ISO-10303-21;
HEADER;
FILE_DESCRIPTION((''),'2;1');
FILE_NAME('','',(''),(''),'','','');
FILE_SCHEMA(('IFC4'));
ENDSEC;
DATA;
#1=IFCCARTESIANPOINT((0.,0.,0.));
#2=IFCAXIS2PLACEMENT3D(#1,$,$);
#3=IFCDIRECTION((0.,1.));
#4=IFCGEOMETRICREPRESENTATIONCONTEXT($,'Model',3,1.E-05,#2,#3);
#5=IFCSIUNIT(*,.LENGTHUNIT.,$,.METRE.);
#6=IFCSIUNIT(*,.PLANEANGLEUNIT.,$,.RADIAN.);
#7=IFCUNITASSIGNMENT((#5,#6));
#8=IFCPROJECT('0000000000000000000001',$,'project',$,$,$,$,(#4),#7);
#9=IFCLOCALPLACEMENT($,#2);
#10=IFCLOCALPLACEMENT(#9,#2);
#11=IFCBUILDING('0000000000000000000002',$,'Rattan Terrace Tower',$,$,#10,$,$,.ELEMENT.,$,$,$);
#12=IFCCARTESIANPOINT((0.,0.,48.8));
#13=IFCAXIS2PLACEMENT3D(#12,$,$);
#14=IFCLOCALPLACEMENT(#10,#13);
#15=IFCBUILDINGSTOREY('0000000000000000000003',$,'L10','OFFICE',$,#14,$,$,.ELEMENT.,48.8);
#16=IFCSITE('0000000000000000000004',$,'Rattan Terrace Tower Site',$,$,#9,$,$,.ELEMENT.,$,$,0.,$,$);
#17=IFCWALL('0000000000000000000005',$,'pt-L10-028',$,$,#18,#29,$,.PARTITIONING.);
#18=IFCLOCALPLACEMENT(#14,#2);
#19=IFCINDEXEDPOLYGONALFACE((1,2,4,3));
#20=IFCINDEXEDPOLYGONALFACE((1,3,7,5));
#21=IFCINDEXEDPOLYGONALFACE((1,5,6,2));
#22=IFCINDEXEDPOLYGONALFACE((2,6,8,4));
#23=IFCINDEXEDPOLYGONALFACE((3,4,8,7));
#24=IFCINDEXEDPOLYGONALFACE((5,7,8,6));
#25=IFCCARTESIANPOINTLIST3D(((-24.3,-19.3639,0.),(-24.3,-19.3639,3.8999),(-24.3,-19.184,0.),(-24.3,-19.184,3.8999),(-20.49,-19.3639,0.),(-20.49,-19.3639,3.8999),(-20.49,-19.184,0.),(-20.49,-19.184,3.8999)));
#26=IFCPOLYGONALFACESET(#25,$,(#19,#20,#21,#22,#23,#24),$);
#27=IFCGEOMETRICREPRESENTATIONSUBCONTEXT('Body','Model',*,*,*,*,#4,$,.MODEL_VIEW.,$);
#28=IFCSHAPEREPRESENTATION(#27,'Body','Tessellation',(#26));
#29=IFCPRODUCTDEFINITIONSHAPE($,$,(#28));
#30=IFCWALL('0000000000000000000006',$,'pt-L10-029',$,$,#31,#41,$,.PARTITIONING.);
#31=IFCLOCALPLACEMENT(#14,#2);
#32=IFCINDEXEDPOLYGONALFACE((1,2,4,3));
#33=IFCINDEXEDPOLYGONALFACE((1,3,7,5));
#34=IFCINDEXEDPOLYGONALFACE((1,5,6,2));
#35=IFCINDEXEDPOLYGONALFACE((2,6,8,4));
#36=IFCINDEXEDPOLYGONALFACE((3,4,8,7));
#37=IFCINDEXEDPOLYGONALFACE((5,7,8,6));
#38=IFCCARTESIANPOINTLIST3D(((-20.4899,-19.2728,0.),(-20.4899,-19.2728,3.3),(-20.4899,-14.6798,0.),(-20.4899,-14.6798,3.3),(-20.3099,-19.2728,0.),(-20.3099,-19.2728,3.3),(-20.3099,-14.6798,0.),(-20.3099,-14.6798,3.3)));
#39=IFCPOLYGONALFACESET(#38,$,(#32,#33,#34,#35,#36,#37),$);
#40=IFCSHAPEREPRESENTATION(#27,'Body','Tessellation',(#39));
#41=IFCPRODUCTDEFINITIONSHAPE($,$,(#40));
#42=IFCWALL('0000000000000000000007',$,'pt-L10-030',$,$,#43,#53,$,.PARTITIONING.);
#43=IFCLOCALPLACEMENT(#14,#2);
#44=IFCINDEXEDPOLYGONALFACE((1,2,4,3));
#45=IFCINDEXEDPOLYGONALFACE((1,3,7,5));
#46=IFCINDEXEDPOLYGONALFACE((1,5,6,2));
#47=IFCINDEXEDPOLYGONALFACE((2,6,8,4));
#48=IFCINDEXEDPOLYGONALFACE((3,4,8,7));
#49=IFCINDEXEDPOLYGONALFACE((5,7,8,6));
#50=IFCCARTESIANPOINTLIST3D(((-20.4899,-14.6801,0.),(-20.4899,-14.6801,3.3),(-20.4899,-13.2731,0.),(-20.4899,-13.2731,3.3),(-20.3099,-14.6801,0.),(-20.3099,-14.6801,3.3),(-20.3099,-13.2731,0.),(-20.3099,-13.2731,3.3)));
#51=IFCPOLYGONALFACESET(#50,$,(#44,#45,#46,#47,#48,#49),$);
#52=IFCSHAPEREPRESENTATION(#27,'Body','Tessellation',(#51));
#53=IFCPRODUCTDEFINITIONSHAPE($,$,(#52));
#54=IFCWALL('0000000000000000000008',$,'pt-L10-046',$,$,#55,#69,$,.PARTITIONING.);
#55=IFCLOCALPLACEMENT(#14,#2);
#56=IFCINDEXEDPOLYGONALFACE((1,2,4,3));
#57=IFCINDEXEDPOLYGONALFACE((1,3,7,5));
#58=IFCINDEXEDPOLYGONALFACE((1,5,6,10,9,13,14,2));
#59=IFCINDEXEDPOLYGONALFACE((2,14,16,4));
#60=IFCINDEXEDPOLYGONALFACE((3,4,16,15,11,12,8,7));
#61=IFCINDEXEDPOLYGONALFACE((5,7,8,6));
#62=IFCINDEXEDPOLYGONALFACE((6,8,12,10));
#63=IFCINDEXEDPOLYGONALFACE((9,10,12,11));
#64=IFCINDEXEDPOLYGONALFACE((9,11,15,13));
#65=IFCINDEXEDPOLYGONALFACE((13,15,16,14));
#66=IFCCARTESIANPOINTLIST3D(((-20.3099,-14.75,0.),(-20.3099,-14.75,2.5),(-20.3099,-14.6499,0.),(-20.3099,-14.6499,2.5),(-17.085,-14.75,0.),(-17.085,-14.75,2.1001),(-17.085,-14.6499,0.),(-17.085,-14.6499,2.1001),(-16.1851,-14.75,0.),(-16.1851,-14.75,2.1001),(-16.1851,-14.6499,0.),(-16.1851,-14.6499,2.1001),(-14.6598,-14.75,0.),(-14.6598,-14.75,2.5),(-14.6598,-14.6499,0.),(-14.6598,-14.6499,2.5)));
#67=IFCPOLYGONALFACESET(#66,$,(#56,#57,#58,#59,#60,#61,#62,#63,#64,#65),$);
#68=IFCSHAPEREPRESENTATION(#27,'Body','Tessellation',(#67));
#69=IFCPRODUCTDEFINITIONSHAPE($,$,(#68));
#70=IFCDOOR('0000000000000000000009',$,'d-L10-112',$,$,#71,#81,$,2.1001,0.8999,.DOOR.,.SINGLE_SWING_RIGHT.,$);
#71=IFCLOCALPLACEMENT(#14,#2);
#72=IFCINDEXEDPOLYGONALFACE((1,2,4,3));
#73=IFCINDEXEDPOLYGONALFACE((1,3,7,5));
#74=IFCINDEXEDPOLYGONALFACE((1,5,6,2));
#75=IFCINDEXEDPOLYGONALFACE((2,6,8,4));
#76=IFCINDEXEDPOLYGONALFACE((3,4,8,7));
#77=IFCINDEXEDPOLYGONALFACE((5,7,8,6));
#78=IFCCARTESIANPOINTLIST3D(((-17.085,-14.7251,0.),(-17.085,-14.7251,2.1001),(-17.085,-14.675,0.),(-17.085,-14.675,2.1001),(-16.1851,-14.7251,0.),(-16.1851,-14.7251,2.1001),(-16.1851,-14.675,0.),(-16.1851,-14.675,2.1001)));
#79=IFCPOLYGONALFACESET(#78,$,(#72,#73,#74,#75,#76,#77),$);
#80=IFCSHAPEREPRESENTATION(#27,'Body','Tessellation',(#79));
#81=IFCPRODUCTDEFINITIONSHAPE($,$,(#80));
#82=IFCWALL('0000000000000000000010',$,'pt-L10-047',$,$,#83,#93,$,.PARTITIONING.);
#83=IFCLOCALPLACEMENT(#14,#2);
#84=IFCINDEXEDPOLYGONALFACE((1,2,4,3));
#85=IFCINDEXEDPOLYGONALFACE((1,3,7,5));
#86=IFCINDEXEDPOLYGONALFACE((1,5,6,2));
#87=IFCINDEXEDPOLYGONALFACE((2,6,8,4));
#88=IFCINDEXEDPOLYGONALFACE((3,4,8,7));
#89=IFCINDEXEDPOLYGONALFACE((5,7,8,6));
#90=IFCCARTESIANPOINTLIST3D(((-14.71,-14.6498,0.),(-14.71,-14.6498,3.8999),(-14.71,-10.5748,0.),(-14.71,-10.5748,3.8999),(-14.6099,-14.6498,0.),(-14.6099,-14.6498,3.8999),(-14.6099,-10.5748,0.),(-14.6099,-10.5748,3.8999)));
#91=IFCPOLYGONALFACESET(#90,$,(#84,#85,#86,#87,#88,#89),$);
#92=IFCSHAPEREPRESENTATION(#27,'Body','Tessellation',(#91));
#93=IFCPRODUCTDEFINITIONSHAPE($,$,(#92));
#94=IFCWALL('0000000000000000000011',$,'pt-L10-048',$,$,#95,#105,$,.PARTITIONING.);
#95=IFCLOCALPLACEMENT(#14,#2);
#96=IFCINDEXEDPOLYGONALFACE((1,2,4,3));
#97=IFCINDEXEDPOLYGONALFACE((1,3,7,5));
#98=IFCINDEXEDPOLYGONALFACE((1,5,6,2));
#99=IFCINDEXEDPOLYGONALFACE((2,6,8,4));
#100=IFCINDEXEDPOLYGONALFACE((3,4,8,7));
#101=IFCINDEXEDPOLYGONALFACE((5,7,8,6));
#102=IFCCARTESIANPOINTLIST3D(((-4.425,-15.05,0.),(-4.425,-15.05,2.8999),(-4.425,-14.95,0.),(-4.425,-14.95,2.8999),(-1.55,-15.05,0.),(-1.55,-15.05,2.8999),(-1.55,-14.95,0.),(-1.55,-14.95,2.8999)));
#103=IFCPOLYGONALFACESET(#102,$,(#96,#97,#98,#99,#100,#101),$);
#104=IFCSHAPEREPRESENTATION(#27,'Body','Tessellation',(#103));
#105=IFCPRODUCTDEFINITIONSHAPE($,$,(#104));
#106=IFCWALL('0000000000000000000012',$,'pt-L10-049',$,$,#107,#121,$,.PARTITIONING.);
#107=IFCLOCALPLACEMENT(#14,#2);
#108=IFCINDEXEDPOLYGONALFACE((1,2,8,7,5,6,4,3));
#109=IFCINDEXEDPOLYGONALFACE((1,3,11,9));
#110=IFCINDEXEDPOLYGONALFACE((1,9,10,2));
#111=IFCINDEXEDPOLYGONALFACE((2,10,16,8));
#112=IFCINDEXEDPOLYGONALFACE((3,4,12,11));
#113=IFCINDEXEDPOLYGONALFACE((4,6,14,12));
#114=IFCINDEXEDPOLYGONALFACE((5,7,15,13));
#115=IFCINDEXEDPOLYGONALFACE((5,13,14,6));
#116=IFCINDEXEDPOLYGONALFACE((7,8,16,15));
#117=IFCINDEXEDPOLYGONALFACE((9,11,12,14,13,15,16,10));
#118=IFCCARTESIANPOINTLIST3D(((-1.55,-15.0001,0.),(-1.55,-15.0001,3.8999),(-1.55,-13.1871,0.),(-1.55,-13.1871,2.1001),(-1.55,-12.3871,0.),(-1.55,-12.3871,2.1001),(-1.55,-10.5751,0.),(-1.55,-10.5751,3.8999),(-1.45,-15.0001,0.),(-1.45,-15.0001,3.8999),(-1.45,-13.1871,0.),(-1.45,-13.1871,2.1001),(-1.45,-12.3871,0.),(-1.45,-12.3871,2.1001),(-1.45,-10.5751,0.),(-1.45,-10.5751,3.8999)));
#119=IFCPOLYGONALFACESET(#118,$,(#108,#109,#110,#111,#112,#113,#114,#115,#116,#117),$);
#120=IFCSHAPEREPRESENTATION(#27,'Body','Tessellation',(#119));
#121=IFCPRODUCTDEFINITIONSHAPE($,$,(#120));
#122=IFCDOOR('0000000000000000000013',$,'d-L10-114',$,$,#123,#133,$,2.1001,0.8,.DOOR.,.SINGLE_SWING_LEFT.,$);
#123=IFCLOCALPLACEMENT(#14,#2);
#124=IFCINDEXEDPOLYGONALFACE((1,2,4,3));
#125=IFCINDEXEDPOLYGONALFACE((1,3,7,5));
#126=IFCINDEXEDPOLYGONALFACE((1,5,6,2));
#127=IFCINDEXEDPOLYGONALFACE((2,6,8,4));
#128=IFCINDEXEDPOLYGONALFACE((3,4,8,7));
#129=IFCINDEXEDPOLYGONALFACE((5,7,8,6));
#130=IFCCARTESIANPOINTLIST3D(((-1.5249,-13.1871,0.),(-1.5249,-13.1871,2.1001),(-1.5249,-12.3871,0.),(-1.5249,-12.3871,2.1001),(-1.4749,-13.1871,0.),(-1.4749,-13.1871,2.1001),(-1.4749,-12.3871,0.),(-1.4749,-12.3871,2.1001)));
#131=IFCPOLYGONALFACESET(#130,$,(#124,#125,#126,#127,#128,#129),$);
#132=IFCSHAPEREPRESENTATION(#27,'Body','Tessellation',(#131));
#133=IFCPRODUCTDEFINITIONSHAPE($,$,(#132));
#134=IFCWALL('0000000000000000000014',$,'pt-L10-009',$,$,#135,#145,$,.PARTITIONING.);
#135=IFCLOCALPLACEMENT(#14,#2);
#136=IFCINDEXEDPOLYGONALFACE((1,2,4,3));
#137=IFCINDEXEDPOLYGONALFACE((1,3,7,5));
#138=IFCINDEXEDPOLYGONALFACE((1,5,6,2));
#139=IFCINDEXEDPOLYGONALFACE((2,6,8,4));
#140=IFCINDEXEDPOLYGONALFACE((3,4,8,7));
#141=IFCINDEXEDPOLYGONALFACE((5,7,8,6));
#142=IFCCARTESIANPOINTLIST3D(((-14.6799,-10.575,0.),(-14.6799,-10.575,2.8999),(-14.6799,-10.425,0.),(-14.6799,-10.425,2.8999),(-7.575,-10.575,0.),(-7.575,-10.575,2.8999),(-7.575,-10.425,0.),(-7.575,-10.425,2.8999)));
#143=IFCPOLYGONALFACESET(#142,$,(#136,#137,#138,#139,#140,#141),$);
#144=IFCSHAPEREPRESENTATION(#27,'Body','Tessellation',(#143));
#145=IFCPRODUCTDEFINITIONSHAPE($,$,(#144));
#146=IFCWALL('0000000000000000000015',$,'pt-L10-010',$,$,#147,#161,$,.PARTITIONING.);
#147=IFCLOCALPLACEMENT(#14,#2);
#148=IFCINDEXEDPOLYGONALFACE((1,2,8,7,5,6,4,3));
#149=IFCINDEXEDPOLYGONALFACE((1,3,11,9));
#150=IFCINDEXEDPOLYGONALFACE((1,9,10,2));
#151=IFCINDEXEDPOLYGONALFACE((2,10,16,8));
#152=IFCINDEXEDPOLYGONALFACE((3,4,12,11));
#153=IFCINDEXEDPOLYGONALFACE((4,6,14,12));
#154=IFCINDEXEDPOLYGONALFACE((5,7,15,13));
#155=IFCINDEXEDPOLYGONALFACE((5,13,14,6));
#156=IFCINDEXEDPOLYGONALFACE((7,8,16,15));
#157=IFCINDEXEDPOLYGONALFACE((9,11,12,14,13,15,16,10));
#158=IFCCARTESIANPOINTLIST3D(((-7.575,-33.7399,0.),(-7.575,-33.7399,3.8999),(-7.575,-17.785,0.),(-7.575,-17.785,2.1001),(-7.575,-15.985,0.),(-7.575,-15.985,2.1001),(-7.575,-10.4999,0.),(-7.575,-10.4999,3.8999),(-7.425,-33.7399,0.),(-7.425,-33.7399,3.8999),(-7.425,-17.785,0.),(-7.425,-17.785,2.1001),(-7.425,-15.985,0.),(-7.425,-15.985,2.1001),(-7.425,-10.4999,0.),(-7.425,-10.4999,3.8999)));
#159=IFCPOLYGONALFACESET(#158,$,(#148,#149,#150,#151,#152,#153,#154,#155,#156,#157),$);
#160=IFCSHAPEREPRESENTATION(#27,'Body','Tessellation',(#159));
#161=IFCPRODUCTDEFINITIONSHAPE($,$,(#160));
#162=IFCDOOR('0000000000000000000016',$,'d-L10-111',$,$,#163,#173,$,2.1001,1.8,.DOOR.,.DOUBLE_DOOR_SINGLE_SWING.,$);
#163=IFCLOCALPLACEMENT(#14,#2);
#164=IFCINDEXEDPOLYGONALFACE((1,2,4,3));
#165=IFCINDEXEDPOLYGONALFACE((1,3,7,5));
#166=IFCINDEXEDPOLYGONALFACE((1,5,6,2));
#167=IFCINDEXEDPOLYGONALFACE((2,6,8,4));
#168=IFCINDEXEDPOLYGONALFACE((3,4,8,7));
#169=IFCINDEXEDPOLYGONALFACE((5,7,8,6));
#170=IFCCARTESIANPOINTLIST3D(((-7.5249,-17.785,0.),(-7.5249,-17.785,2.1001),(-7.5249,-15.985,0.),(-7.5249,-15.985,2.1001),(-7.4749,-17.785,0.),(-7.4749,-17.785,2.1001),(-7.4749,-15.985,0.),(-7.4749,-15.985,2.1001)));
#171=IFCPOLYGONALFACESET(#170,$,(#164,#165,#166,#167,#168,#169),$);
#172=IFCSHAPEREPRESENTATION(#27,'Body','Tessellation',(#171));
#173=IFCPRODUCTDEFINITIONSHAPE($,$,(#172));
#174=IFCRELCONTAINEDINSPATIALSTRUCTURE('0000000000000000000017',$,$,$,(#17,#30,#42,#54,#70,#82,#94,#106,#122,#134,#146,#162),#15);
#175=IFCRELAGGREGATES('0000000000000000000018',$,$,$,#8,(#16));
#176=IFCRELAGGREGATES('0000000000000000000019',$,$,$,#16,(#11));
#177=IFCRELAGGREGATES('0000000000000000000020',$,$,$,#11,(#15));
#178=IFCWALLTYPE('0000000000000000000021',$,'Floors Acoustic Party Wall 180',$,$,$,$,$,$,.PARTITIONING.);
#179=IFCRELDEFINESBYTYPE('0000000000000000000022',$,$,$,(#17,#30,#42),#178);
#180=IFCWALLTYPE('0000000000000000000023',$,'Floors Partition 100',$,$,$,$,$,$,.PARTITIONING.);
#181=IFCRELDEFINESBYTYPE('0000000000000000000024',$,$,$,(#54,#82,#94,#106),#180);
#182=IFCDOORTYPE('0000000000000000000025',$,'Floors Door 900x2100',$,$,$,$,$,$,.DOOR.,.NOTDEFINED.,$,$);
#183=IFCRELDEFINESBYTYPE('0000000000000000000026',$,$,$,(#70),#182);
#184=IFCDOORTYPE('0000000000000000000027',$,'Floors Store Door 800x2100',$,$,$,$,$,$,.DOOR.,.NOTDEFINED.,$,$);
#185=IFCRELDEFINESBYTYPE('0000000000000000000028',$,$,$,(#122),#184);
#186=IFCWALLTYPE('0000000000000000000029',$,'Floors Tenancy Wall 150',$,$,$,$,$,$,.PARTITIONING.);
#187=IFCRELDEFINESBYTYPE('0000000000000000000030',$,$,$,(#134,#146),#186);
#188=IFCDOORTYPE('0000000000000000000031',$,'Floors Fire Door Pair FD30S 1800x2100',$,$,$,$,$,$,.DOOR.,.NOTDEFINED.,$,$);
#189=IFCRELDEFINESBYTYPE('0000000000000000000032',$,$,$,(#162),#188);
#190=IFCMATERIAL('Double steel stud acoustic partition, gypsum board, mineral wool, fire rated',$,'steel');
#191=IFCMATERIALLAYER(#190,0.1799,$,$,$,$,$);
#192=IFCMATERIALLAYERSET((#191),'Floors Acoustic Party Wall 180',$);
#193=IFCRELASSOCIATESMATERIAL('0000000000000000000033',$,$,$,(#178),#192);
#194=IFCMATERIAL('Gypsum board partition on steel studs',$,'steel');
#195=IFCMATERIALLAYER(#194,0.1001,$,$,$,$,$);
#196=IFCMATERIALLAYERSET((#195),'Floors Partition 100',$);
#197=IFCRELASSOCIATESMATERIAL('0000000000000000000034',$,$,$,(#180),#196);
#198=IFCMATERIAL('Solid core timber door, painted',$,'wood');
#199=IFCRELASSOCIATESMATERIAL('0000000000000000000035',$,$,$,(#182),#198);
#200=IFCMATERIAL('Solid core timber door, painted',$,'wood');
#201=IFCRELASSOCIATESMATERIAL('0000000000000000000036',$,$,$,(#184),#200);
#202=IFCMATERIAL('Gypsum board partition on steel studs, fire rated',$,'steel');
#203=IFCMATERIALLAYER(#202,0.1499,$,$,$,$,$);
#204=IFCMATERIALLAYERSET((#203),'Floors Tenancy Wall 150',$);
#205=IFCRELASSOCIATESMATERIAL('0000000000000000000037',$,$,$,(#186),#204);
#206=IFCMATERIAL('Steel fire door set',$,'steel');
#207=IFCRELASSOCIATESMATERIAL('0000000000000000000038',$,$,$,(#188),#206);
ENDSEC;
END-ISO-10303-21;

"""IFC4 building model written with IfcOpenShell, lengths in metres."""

from ifc_helpers import new_model, si_unit, direction, frame, frame_2d, origin, place, context, subcontext, project, spatial, rectangle, extrude, material, layer, layer_set, type_object, element, fill, save


model = new_model("IFC4")

# Units and contexts
model_context = context("Model", 3, precision=1e-05, world=origin(), true_north=direction((0.0, 1.0)))
body_context = subcontext(model_context, "Body", "Model", "MODEL_VIEW")
ifc_project = project(units=[si_unit("LENGTHUNIT", "METRE"), si_unit("PLANEANGLEUNIT", "RADIAN")], contexts=[model_context])

# Site, building, storey
site_placement = place(None, origin())
site = spatial("IfcSite", under=ifc_project, at=site_placement, Name="Rattan Terrace Tower Site", CompositionType="ELEMENT", RefElevation=0.0)
building_placement = place(site_placement, origin())
building = spatial("IfcBuilding", under=site, at=building_placement, Name="Rattan Terrace Tower", CompositionType="ELEMENT")
storey_placement = place(building_placement, frame((0.0, 0.0, 48.8)))
storey = spatial("IfcBuildingStorey", under=building, at=storey_placement, Name="L10", Description="OFFICE", CompositionType="ELEMENT", Elevation=48.8)

# Walls
ifc_material_1 = material(Name="Double steel stud acoustic partition, gypsum board, mineral wool, fire rated", Category="steel")
ifc_layer_1 = layer(ifc_material_1, 0.1799)
ifc_layer_set_1 = layer_set([ifc_layer_1], Name="Floors Acoustic Party Wall 180")
wall_type_1 = type_object("IfcWallType", Name="Floors Acoustic Party Wall 180", PredefinedType="PARTITIONING", material=ifc_layer_set_1)
wall_1_placement = place(storey_placement, frame((-20.49, -19.2739, 0.0), z_axis=(0.0, 0.0, 1.0), x_axis=(-1.0, 0.0, 0.0)))
element("IfcWall", 1, at=wall_1_placement, inside=storey, type_object=wall_type_1, Name="pt-L10-028", PredefinedType="PARTITIONING", context=body_context, shape_type="SweptSolid", body=[
    extrude(rectangle(XDim=3.8101, YDim=0.1799, at=frame_2d((1.905, 0.0))), origin(), (0.0, 0.0, 1.0), 3.8999),
])
wall_2_placement = place(storey_placement, frame((-20.3999, -14.6799, 0.0), z_axis=(0.0, 0.0, 1.0), x_axis=(0.0, -1.0, 0.0)))
element("IfcWall", 2, at=wall_2_placement, inside=storey, type_object=wall_type_1, Name="pt-L10-029", PredefinedType="PARTITIONING", context=body_context, shape_type="SweptSolid", body=[
    extrude(rectangle(XDim=4.593, YDim=0.1799, at=frame_2d((2.2964, 0.0))), origin(), (0.0, 0.0, 1.0), 3.3),
])
wall_3_placement = place(storey_placement, frame((-20.3999, -13.2729, 0.0), z_axis=(0.0, 0.0, 1.0), x_axis=(0.0, -1.0, 0.0)))
element("IfcWall", 3, at=wall_3_placement, inside=storey, type_object=wall_type_1, Name="pt-L10-030", PredefinedType="PARTITIONING", context=body_context, shape_type="SweptSolid", body=[
    extrude(rectangle(XDim=1.407, YDim=0.1799, at=frame_2d((0.7036, 0.0))), origin(), (0.0, 0.0, 1.0), 3.3),
])

# Wall, opening, door
ifc_material_2 = material(Name="Gypsum board partition on steel studs", Category="steel")
ifc_layer_2 = layer(ifc_material_2, 0.1001)
ifc_layer_set_2 = layer_set([ifc_layer_2], Name="Floors Partition 100")
wall_type_2 = type_object("IfcWallType", Name="Floors Partition 100", PredefinedType="PARTITIONING", material=ifc_layer_set_2)
wall_4_placement = place(storey_placement, frame((-20.3101, -14.7, 0.0), z_axis=(0.0, 0.0, 1.0), x_axis=(1.0, 0.0, 0.0)))
wall_4 = element("IfcWall", 4, at=wall_4_placement, inside=storey, type_object=wall_type_2, Name="pt-L10-046", PredefinedType="PARTITIONING", context=body_context, shape_type="SweptSolid", body=[
    extrude(rectangle(XDim=5.6501, YDim=0.1001, at=frame_2d((2.8252, 0.0))), origin(), (0.0, 0.0, 1.0), 2.5),
])
opening_1_placement = place(wall_4_placement, frame((3.2251, 0.0, 0.0)))
opening_1 = element("IfcOpeningElement", 5, at=opening_1_placement, cuts=wall_4, PredefinedType="OPENING", context=body_context, shape_type="SweptSolid", body=[
    extrude(rectangle(XDim=0.8999, YDim=2.1001, at=frame_2d((0.45, 1.05))), frame((0.0, 0.0605, 0.0), z_axis=(0.0, -1.0, 0.0), x_axis=(1.0, 0.0, 0.0)), (0.0, 0.0, 1.0), 0.1211),
])
ifc_material_3 = material(Name="Solid core timber door, painted", Category="wood")
door_type_1 = type_object("IfcDoorType", Name="Floors Door 900x2100", OperationType="NOTDEFINED", PredefinedType="DOOR", material=ifc_material_3)
door_1_placement = place(opening_1_placement, origin())
door_1 = element("IfcDoor", 6, at=door_1_placement, inside=storey, type_object=door_type_1, Name="d-L10-112", OperationType="SINGLE_SWING_RIGHT", OverallHeight=2.1001, OverallWidth=0.8999, PredefinedType="DOOR", context=body_context, shape_type="SweptSolid", body=[
    extrude(rectangle(XDim=0.8999, YDim=2.1001, at=frame_2d((0.45, 1.05))), frame((0.0, 0.0249, 0.0), z_axis=(0.0, -1.0, 0.0), x_axis=(1.0, 0.0, 0.0)), (0.0, 0.0, 1.0), 0.05),
])
fill(opening_1, door_1)

# Walls
wall_5_placement = place(storey_placement, frame((-14.6599, -14.6499, 0.0), z_axis=(0.0, 0.0, 1.0), x_axis=(0.0, 1.0, 0.0)))
element("IfcWall", 7, at=wall_5_placement, inside=storey, type_object=wall_type_2, Name="pt-L10-047", PredefinedType="PARTITIONING", context=body_context, shape_type="SweptSolid", body=[
    extrude(rectangle(XDim=4.075, YDim=0.1001, at=frame_2d((2.0376, 0.0))), origin(), (0.0, 0.0, 1.0), 3.8999),
])
wall_6_placement = place(storey_placement, frame((-4.425, -15.0, 0.0), z_axis=(0.0, 0.0, 1.0), x_axis=(1.0, 0.0, 0.0)))
element("IfcWall", 8, at=wall_6_placement, inside=storey, type_object=wall_type_2, Name="pt-L10-048", PredefinedType="PARTITIONING", context=body_context, shape_type="SweptSolid", body=[
    extrude(rectangle(XDim=2.875, YDim=0.1001, at=frame_2d((1.4375, 0.0))), origin(), (0.0, 0.0, 1.0), 2.8999),
])

# Wall, opening, door
wall_7_placement = place(storey_placement, frame((-1.5, -15.0, 0.0), z_axis=(0.0, 0.0, 1.0), x_axis=(0.0, 1.0, 0.0)))
wall_7 = element("IfcWall", 9, at=wall_7_placement, inside=storey, type_object=wall_type_2, Name="pt-L10-049", PredefinedType="PARTITIONING", context=body_context, shape_type="SweptSolid", body=[
    extrude(rectangle(XDim=4.425, YDim=0.1001, at=frame_2d((2.2124, 0.0))), origin(), (0.0, 0.0, 1.0), 3.8999),
])
opening_2_placement = place(wall_7_placement, frame((1.813, 0.0, 0.0)))
opening_2 = element("IfcOpeningElement", 10, at=opening_2_placement, cuts=wall_7, PredefinedType="OPENING", context=body_context, shape_type="SweptSolid", body=[
    extrude(rectangle(XDim=0.8, YDim=2.1001, at=frame_2d((0.3999, 1.05))), frame((0.0, 0.0605, 0.0), z_axis=(0.0, -1.0, 0.0), x_axis=(1.0, 0.0, 0.0)), (0.0, 0.0, 1.0), 0.1211),
])
ifc_material_4 = material(Name="Solid core timber door, painted", Category="wood")
door_type_2 = type_object("IfcDoorType", Name="Floors Store Door 800x2100", OperationType="NOTDEFINED", PredefinedType="DOOR", material=ifc_material_4)
door_2_placement = place(opening_2_placement, origin())
door_2 = element("IfcDoor", 11, at=door_2_placement, inside=storey, type_object=door_type_2, Name="d-L10-114", OperationType="SINGLE_SWING_LEFT", OverallHeight=2.1001, OverallWidth=0.8, PredefinedType="DOOR", context=body_context, shape_type="SweptSolid", body=[
    extrude(rectangle(XDim=0.8, YDim=2.1001, at=frame_2d((0.3999, 1.05))), frame((0.0, 0.0249, 0.0), z_axis=(0.0, -1.0, 0.0), x_axis=(1.0, 0.0, 0.0)), (0.0, 0.0, 1.0), 0.05),
])
fill(opening_2, door_2)

# Wall
ifc_material_5 = material(Name="Gypsum board partition on steel studs, fire rated", Category="steel")
ifc_layer_3 = layer(ifc_material_5, 0.1499)
ifc_layer_set_3 = layer_set([ifc_layer_3], Name="Floors Tenancy Wall 150")
wall_type_3 = type_object("IfcWallType", Name="Floors Tenancy Wall 150", PredefinedType="PARTITIONING", material=ifc_layer_set_3)
wall_8_placement = place(storey_placement, frame((-7.575, -10.5, 0.0), z_axis=(0.0, 0.0, 1.0), x_axis=(-1.0, 0.0, 0.0)))
element("IfcWall", 12, at=wall_8_placement, inside=storey, type_object=wall_type_3, Name="pt-L10-009", PredefinedType="PARTITIONING", context=body_context, shape_type="SweptSolid", body=[
    extrude(rectangle(XDim=7.105, YDim=0.1499, at=frame_2d((3.5525, 0.0))), origin(), (0.0, 0.0, 1.0), 2.8999),
])

# Wall, opening, door
wall_9_placement = place(storey_placement, frame((-7.5, -33.74, 0.0), z_axis=(0.0, 0.0, 1.0), x_axis=(0.0, 1.0, 0.0)))
wall_9 = element("IfcWall", 13, at=wall_9_placement, inside=storey, type_object=wall_type_3, Name="pt-L10-010", PredefinedType="PARTITIONING", context=body_context, shape_type="SweptSolid", body=[
    extrude(rectangle(XDim=23.24, YDim=0.1499, at=frame_2d((11.6201, 0.0))), origin(), (0.0, 0.0, 1.0), 3.8999),
])
opening_3_placement = place(wall_9_placement, frame((15.9551, 0.0, 0.0)))
opening_3 = element("IfcOpeningElement", 14, at=opening_3_placement, cuts=wall_9, PredefinedType="OPENING", context=body_context, shape_type="SweptSolid", body=[
    extrude(rectangle(XDim=1.8, YDim=2.1001, at=frame_2d((0.8999, 1.05))), frame((0.0, 0.0854, 0.0), z_axis=(0.0, -1.0, 0.0), x_axis=(1.0, 0.0, 0.0)), (0.0, 0.0, 1.0), 0.1709),
])
ifc_material_6 = material(Name="Steel fire door set", Category="steel")
door_type_3 = type_object("IfcDoorType", Name="Floors Fire Door Pair FD30S 1800x2100", OperationType="NOTDEFINED", PredefinedType="DOOR", material=ifc_material_6)
door_3_placement = place(opening_3_placement, origin())
door_3 = element("IfcDoor", 15, at=door_3_placement, inside=storey, type_object=door_type_3, Name="d-L10-111", OperationType="DOUBLE_DOOR_SINGLE_SWING", OverallHeight=2.1001, OverallWidth=1.8, PredefinedType="DOOR", context=body_context, shape_type="SweptSolid", body=[
    extrude(rectangle(XDim=1.8, YDim=2.1001, at=frame_2d((0.8999, 1.05))), frame((0.0, 0.0249, 0.0), z_axis=(0.0, -1.0, 0.0), x_axis=(1.0, 0.0, 0.0)), (0.0, 0.0, 1.0), 0.05),
])
fill(opening_3, door_3)

save(model, "model.ifc")
